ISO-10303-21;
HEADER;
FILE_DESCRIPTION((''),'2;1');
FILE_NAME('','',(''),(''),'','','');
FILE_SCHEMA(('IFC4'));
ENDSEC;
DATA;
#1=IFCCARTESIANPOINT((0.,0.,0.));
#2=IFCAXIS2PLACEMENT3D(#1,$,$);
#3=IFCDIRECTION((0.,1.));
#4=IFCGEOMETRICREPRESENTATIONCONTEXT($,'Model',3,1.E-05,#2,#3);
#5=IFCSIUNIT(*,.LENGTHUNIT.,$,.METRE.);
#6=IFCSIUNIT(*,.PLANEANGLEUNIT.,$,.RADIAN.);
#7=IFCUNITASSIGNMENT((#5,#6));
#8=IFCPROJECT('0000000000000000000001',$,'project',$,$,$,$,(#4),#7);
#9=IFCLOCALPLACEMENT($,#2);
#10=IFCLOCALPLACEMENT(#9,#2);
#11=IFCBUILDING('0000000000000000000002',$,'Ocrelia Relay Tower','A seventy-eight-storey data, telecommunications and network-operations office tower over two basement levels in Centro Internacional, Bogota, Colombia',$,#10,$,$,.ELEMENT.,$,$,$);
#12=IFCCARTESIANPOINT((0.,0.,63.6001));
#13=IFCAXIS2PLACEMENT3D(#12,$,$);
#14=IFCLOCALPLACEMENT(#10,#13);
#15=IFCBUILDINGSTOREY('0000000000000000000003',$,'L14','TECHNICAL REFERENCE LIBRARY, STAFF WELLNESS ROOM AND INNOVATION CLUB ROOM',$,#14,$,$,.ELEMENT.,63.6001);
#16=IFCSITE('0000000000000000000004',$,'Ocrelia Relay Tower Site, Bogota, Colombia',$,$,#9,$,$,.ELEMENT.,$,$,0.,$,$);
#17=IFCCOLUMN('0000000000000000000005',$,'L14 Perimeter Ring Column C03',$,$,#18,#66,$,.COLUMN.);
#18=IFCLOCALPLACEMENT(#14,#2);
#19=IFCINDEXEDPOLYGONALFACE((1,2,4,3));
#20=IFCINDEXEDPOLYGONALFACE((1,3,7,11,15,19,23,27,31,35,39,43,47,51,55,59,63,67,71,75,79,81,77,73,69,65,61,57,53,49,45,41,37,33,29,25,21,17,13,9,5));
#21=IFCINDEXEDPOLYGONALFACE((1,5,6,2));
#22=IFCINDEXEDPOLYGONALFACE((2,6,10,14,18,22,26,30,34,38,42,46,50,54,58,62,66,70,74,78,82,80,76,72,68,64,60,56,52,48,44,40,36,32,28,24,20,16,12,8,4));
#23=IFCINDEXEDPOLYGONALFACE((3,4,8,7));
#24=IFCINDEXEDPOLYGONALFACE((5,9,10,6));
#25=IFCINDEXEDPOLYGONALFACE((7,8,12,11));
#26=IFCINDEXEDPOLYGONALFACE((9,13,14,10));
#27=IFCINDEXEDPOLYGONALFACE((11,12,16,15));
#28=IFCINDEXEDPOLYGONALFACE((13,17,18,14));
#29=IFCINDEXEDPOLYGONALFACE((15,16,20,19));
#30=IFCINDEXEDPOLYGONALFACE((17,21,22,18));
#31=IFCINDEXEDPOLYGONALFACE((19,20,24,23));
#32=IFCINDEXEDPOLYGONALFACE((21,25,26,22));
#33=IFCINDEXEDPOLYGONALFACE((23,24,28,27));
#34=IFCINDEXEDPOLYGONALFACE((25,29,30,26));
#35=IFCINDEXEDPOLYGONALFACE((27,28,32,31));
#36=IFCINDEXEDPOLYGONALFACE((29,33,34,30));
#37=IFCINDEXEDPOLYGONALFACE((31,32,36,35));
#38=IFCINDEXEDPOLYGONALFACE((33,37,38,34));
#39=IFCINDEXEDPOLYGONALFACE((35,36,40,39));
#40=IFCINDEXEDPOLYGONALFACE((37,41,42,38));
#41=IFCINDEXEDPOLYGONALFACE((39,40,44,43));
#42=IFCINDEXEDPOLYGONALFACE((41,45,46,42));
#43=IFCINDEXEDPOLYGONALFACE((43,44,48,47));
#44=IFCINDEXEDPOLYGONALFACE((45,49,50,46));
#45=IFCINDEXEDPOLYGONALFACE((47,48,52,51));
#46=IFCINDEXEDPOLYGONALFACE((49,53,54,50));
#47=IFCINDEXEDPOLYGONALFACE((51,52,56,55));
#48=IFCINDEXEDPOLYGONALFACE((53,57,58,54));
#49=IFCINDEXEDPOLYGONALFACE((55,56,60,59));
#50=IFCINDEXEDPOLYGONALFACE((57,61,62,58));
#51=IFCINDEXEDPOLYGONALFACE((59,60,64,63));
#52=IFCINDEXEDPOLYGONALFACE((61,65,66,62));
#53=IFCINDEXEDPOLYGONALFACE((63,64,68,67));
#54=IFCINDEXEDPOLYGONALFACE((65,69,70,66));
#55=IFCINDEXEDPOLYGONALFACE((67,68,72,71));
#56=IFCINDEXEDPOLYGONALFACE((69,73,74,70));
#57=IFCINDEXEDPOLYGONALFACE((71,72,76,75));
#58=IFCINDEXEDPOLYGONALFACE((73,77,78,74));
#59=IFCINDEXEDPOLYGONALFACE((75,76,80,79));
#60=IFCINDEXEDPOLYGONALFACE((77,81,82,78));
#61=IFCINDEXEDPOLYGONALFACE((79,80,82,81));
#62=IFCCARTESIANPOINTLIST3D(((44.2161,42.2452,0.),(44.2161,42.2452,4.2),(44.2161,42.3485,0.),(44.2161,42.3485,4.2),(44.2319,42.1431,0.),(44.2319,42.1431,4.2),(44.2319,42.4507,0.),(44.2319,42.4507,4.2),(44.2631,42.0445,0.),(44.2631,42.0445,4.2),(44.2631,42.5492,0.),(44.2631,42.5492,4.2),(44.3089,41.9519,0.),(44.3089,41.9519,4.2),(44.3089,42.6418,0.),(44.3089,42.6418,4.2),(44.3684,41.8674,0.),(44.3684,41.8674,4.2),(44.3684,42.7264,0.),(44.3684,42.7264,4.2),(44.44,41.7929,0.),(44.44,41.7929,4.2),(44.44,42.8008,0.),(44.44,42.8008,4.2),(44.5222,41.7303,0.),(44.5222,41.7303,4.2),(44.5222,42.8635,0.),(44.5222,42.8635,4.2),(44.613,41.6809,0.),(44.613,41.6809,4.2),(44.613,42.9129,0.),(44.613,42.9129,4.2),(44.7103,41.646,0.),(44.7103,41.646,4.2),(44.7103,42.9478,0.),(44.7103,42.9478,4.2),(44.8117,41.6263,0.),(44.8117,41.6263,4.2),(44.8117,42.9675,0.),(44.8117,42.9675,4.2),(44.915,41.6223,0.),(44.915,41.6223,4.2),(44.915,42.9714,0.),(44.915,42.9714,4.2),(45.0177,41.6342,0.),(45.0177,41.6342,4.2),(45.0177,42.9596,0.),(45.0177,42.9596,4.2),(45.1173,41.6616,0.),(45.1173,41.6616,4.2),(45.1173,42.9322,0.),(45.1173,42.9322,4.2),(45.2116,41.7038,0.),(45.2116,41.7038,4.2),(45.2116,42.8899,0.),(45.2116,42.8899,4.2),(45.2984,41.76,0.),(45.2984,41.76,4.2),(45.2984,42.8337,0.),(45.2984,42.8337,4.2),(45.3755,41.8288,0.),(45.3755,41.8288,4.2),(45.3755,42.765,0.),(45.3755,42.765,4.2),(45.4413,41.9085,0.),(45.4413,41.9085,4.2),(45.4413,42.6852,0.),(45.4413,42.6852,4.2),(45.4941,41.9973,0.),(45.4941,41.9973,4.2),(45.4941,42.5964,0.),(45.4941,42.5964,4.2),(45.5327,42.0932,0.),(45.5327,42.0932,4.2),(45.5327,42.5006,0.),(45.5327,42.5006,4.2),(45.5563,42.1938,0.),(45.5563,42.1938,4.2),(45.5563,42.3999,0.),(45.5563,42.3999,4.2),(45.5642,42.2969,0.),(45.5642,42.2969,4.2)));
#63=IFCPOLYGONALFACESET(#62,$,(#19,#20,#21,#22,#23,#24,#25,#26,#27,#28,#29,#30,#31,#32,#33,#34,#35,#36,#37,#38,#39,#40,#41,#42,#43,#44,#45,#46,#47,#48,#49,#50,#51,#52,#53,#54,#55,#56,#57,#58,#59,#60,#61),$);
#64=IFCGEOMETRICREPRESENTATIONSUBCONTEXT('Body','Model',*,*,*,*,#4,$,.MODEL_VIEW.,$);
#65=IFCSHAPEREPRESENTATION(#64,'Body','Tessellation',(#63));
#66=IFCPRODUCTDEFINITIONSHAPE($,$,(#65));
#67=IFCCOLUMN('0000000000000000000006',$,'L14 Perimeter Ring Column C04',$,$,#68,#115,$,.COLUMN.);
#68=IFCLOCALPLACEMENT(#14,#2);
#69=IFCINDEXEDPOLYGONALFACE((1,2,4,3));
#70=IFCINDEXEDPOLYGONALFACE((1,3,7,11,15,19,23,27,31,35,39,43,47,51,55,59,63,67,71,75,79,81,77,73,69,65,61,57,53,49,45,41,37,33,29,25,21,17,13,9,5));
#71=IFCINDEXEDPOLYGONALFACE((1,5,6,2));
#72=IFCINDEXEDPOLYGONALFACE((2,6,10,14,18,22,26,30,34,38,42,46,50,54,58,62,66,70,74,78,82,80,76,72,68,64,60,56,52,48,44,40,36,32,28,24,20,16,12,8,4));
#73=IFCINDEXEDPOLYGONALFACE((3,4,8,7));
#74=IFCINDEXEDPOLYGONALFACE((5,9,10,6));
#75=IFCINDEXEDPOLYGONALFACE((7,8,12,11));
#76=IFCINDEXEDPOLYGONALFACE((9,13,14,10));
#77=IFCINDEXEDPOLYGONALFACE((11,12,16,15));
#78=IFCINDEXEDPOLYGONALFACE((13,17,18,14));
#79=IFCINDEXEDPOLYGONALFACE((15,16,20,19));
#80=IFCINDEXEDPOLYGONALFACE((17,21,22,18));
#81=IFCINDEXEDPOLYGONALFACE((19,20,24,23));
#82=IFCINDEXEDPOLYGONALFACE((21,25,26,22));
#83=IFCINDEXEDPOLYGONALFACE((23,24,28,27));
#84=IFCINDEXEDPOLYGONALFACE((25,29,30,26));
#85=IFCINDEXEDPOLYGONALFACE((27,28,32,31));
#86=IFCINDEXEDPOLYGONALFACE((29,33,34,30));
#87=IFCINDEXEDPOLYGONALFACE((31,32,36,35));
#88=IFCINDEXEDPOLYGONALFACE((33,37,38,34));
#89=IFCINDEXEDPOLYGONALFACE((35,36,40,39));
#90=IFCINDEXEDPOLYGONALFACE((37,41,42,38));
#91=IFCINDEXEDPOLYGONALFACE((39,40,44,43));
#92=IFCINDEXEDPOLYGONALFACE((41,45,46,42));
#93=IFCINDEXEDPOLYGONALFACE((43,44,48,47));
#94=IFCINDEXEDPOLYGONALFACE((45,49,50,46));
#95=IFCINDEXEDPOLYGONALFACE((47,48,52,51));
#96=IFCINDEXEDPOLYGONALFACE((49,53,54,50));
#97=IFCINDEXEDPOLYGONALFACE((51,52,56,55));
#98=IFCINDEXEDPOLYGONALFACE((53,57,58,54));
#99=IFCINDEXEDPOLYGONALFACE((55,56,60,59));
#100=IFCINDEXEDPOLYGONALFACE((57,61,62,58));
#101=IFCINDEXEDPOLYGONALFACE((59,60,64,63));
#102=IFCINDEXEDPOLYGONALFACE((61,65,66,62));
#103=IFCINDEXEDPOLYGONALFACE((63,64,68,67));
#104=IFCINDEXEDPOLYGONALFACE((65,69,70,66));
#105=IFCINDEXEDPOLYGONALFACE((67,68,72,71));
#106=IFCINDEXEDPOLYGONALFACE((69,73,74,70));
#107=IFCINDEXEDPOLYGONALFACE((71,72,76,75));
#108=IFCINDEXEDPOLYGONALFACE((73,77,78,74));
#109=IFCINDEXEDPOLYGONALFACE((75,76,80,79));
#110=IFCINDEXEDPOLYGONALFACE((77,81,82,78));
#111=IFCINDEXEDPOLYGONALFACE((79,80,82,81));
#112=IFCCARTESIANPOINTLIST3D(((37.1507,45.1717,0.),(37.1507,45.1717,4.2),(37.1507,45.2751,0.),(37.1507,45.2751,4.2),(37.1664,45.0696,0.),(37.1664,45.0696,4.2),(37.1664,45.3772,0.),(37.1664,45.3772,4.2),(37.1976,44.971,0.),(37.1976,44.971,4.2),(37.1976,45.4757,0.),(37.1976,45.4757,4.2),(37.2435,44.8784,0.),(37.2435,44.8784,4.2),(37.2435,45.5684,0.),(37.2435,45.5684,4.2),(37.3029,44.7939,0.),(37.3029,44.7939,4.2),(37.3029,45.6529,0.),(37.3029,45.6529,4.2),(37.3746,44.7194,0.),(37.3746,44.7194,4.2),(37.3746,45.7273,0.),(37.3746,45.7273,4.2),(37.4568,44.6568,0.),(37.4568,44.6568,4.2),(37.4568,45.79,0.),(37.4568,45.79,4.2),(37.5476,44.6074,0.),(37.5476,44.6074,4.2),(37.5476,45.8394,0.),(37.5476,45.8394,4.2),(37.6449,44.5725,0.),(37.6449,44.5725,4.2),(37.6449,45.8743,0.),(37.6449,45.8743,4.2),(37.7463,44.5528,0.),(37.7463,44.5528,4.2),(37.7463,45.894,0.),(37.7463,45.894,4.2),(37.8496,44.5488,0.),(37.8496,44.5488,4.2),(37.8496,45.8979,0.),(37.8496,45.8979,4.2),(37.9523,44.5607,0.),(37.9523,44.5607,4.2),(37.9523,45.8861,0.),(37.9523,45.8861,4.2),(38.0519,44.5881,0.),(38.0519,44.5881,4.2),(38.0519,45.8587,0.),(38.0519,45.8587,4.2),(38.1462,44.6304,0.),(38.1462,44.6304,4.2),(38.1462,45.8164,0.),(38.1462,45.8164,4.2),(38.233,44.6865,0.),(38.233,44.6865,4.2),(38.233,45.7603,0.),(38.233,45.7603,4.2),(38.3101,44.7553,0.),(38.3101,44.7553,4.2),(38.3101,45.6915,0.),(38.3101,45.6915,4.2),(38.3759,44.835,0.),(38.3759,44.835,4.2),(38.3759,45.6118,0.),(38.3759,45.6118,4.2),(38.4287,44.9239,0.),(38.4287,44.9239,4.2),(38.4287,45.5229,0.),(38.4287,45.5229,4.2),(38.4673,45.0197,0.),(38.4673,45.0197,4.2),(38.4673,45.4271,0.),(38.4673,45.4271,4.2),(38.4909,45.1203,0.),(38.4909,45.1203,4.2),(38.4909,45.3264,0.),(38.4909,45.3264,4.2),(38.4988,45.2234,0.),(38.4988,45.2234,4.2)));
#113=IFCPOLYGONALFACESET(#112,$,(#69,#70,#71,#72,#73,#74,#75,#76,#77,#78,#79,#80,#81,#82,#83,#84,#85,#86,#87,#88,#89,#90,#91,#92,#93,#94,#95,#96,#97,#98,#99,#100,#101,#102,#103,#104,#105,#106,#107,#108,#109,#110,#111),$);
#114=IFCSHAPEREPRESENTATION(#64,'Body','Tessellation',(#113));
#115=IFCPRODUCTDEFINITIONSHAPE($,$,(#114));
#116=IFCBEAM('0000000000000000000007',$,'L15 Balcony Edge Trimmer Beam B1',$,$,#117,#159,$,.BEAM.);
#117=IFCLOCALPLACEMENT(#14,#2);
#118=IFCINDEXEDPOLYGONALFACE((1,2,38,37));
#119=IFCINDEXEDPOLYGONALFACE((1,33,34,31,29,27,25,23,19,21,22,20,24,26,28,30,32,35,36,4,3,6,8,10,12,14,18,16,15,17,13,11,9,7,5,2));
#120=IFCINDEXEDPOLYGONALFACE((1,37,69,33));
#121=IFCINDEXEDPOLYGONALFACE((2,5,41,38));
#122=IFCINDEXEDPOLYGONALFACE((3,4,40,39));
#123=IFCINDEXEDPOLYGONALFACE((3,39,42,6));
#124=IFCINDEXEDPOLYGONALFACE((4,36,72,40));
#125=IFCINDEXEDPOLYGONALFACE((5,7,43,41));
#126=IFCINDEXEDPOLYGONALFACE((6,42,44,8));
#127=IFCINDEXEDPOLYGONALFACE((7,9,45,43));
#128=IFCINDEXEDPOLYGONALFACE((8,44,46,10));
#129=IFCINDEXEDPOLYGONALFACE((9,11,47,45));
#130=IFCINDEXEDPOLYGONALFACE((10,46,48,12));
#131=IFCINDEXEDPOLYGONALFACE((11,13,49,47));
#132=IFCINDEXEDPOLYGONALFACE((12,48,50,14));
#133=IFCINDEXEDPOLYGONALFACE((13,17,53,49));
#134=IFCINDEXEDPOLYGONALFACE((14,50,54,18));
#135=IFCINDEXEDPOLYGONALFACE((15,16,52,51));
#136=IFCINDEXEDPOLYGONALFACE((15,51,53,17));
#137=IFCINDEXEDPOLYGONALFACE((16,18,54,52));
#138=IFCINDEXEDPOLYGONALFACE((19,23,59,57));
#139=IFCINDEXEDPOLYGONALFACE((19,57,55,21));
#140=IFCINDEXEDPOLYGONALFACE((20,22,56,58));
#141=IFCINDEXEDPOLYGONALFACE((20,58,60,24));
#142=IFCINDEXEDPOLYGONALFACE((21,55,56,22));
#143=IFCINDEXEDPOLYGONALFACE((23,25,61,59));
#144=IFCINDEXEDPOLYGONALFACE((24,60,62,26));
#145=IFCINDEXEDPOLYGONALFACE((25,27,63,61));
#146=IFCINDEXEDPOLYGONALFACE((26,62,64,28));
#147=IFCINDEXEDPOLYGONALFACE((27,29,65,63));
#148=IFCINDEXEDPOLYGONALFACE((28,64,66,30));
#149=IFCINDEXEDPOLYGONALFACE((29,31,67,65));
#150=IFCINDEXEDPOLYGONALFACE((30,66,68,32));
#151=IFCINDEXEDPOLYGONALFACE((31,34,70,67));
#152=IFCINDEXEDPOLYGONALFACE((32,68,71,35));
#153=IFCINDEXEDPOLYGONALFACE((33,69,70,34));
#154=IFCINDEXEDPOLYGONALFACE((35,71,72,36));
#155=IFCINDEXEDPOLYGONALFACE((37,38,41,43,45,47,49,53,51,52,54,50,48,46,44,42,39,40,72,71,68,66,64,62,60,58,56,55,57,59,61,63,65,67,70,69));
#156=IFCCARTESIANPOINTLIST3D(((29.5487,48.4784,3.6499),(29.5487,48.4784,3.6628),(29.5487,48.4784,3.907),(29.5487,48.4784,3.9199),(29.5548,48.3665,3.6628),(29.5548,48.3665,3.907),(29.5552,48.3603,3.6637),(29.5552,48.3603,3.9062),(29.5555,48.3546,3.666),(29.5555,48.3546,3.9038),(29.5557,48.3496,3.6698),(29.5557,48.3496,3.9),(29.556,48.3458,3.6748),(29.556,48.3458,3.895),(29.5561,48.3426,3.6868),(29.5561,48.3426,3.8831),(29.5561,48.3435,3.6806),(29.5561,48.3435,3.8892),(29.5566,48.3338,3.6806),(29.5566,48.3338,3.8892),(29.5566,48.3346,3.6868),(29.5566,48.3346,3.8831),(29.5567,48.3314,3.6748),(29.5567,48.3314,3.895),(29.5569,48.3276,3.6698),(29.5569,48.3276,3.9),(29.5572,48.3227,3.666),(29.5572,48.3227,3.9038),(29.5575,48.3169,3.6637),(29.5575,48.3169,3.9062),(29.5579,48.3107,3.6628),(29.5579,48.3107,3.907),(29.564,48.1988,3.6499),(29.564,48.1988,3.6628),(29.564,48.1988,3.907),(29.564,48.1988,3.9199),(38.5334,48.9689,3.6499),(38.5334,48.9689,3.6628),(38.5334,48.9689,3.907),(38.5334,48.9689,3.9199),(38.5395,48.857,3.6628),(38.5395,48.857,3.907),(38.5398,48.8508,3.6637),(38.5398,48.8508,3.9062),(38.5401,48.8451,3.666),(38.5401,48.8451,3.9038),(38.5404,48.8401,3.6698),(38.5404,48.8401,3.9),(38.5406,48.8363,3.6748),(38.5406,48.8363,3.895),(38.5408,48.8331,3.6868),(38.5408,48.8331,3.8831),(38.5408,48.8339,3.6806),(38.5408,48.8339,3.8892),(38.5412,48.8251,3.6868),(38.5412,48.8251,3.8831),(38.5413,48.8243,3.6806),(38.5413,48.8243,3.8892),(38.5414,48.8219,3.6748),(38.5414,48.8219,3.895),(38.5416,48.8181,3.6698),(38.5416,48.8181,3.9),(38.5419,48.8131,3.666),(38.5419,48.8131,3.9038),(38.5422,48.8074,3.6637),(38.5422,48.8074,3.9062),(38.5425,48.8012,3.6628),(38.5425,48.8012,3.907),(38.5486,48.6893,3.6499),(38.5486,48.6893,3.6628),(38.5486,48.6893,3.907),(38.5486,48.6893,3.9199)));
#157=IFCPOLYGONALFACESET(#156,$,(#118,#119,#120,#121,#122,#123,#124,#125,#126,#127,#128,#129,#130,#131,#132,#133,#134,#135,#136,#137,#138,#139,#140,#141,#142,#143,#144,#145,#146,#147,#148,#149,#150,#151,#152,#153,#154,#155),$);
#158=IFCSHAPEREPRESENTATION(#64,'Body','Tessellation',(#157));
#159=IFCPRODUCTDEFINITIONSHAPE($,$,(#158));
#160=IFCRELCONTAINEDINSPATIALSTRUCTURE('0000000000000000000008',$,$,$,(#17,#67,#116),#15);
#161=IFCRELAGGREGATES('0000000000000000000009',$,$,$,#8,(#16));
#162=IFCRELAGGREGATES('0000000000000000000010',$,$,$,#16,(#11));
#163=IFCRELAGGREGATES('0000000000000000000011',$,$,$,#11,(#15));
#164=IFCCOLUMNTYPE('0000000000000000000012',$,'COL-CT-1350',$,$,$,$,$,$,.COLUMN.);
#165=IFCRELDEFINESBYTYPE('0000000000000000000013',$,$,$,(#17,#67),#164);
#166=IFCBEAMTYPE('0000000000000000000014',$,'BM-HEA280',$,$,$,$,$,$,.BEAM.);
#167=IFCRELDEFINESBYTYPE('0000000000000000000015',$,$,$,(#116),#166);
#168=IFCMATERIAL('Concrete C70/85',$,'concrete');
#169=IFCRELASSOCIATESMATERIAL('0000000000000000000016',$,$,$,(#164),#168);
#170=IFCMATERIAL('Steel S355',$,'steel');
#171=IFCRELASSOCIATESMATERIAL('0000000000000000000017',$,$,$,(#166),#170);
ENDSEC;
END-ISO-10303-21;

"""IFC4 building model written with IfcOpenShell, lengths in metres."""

from ifc_helpers import new_model, si_unit, direction, frame, origin, origin_2d, place, context, subcontext, project, spatial, circle, i_section, extrude, material, material_profile, profile_set, type_object, element, save


model = new_model("IFC4")

# Units and contexts
model_context = context("Model", 3, precision=1e-05, world=origin(), true_north=direction((0.0, 1.0)))
body_context = subcontext(model_context, "Body", "Model", "MODEL_VIEW")
ifc_project = project(units=[si_unit("LENGTHUNIT", "METRE"), si_unit("PLANEANGLEUNIT", "RADIAN")], contexts=[model_context])

# Site, building, storey
site_placement = place(None, origin())
site = spatial("IfcSite", under=ifc_project, at=site_placement, Name="Ocrelia Relay Tower Site, Bogota, Colombia", CompositionType="ELEMENT", RefElevation=0.0)
building_placement = place(site_placement, origin())
building = spatial("IfcBuilding", under=site, at=building_placement, Name="Ocrelia Relay Tower", Description="A seventy-eight-storey data, telecommunications and network-operations office tower over two basement levels in Centro Internacional, Bogota, Colombia", CompositionType="ELEMENT")
storey_placement = place(building_placement, frame((0.0, 0.0, 63.6001)))
storey = spatial("IfcBuildingStorey", under=building, at=storey_placement, Name="L14", Description="TECHNICAL REFERENCE LIBRARY, STAFF WELLNESS ROOM AND INNOVATION CLUB ROOM", CompositionType="ELEMENT", Elevation=63.6001)

# Columns
ifc_material_1 = material(Name="Concrete C70/85", Category="concrete")
ifc_material_profile_1 = material_profile(ifc_material_1, circle(Radius=0.675, at=origin_2d()), Name="RC-CIR-1350")
ifc_profile_set_1 = profile_set([ifc_material_profile_1], Name="Concrete C70/85")
column_type = type_object("IfcColumnType", Name="COL-CT-1350", PredefinedType="COLUMN", material=ifc_profile_set_1)
for number, where, z_axis, x_axis, name in (
    (1, (44.8892, 42.2969, 0.0), (0.0, 0.0, 1.0), (1.0, 0.0, 0.0), "L14 Perimeter Ring Column C03"),
    (2, (37.8237, 45.2234, 0.0), (0.0, 0.0, 1.0), (1.0, 0.0, 0.0), "L14 Perimeter Ring Column C04"),
):
    element("IfcColumn", number, at=place(storey_placement, frame(where, z_axis=z_axis, x_axis=x_axis)), inside=storey, type_object=column_type, Name=name, PredefinedType="COLUMN", context=body_context, shape_type="SweptSolid", body=[
        extrude(circle(Radius=0.675, at=origin_2d()), origin(), (0.0, 0.0, 1.0), 4.2),
    ])

# Beam
ifc_material_2 = material(Name="Steel S355", Category="steel")
ifc_material_profile_2 = material_profile(ifc_material_2, i_section(OverallWidth=0.28, OverallDepth=0.27, WebThickness=0.0081, FlangeThickness=0.0129, FilletRadius=0.0239, at=origin_2d()), Name="HEA 280")
ifc_profile_set_2 = profile_set([ifc_material_profile_2], Name="Steel S355")
beam_type_1 = type_object("IfcBeamType", Name="BM-HEA280", PredefinedType="BEAM", material=ifc_profile_set_2)
beam_1_placement = place(storey_placement, frame((38.541, 48.8291, 3.7849), z_axis=(-0.998513, -0.05451, 0.0), x_axis=(0.05451, -0.998513, 0.0)))
element("IfcBeam", 3, at=beam_1_placement, inside=storey, type_object=beam_type_1, Name="L15 Balcony Edge Trimmer Beam B1", PredefinedType="BEAM", context=body_context, shape_type="SweptSolid", body=[
    extrude(i_section(OverallWidth=0.28, OverallDepth=0.27, WebThickness=0.0081, FlangeThickness=0.0129, FilletRadius=0.0239, at=origin_2d()), origin(), (0.0, 0.0, 1.0), 8.998),
])

save(model, "model.ifc")
